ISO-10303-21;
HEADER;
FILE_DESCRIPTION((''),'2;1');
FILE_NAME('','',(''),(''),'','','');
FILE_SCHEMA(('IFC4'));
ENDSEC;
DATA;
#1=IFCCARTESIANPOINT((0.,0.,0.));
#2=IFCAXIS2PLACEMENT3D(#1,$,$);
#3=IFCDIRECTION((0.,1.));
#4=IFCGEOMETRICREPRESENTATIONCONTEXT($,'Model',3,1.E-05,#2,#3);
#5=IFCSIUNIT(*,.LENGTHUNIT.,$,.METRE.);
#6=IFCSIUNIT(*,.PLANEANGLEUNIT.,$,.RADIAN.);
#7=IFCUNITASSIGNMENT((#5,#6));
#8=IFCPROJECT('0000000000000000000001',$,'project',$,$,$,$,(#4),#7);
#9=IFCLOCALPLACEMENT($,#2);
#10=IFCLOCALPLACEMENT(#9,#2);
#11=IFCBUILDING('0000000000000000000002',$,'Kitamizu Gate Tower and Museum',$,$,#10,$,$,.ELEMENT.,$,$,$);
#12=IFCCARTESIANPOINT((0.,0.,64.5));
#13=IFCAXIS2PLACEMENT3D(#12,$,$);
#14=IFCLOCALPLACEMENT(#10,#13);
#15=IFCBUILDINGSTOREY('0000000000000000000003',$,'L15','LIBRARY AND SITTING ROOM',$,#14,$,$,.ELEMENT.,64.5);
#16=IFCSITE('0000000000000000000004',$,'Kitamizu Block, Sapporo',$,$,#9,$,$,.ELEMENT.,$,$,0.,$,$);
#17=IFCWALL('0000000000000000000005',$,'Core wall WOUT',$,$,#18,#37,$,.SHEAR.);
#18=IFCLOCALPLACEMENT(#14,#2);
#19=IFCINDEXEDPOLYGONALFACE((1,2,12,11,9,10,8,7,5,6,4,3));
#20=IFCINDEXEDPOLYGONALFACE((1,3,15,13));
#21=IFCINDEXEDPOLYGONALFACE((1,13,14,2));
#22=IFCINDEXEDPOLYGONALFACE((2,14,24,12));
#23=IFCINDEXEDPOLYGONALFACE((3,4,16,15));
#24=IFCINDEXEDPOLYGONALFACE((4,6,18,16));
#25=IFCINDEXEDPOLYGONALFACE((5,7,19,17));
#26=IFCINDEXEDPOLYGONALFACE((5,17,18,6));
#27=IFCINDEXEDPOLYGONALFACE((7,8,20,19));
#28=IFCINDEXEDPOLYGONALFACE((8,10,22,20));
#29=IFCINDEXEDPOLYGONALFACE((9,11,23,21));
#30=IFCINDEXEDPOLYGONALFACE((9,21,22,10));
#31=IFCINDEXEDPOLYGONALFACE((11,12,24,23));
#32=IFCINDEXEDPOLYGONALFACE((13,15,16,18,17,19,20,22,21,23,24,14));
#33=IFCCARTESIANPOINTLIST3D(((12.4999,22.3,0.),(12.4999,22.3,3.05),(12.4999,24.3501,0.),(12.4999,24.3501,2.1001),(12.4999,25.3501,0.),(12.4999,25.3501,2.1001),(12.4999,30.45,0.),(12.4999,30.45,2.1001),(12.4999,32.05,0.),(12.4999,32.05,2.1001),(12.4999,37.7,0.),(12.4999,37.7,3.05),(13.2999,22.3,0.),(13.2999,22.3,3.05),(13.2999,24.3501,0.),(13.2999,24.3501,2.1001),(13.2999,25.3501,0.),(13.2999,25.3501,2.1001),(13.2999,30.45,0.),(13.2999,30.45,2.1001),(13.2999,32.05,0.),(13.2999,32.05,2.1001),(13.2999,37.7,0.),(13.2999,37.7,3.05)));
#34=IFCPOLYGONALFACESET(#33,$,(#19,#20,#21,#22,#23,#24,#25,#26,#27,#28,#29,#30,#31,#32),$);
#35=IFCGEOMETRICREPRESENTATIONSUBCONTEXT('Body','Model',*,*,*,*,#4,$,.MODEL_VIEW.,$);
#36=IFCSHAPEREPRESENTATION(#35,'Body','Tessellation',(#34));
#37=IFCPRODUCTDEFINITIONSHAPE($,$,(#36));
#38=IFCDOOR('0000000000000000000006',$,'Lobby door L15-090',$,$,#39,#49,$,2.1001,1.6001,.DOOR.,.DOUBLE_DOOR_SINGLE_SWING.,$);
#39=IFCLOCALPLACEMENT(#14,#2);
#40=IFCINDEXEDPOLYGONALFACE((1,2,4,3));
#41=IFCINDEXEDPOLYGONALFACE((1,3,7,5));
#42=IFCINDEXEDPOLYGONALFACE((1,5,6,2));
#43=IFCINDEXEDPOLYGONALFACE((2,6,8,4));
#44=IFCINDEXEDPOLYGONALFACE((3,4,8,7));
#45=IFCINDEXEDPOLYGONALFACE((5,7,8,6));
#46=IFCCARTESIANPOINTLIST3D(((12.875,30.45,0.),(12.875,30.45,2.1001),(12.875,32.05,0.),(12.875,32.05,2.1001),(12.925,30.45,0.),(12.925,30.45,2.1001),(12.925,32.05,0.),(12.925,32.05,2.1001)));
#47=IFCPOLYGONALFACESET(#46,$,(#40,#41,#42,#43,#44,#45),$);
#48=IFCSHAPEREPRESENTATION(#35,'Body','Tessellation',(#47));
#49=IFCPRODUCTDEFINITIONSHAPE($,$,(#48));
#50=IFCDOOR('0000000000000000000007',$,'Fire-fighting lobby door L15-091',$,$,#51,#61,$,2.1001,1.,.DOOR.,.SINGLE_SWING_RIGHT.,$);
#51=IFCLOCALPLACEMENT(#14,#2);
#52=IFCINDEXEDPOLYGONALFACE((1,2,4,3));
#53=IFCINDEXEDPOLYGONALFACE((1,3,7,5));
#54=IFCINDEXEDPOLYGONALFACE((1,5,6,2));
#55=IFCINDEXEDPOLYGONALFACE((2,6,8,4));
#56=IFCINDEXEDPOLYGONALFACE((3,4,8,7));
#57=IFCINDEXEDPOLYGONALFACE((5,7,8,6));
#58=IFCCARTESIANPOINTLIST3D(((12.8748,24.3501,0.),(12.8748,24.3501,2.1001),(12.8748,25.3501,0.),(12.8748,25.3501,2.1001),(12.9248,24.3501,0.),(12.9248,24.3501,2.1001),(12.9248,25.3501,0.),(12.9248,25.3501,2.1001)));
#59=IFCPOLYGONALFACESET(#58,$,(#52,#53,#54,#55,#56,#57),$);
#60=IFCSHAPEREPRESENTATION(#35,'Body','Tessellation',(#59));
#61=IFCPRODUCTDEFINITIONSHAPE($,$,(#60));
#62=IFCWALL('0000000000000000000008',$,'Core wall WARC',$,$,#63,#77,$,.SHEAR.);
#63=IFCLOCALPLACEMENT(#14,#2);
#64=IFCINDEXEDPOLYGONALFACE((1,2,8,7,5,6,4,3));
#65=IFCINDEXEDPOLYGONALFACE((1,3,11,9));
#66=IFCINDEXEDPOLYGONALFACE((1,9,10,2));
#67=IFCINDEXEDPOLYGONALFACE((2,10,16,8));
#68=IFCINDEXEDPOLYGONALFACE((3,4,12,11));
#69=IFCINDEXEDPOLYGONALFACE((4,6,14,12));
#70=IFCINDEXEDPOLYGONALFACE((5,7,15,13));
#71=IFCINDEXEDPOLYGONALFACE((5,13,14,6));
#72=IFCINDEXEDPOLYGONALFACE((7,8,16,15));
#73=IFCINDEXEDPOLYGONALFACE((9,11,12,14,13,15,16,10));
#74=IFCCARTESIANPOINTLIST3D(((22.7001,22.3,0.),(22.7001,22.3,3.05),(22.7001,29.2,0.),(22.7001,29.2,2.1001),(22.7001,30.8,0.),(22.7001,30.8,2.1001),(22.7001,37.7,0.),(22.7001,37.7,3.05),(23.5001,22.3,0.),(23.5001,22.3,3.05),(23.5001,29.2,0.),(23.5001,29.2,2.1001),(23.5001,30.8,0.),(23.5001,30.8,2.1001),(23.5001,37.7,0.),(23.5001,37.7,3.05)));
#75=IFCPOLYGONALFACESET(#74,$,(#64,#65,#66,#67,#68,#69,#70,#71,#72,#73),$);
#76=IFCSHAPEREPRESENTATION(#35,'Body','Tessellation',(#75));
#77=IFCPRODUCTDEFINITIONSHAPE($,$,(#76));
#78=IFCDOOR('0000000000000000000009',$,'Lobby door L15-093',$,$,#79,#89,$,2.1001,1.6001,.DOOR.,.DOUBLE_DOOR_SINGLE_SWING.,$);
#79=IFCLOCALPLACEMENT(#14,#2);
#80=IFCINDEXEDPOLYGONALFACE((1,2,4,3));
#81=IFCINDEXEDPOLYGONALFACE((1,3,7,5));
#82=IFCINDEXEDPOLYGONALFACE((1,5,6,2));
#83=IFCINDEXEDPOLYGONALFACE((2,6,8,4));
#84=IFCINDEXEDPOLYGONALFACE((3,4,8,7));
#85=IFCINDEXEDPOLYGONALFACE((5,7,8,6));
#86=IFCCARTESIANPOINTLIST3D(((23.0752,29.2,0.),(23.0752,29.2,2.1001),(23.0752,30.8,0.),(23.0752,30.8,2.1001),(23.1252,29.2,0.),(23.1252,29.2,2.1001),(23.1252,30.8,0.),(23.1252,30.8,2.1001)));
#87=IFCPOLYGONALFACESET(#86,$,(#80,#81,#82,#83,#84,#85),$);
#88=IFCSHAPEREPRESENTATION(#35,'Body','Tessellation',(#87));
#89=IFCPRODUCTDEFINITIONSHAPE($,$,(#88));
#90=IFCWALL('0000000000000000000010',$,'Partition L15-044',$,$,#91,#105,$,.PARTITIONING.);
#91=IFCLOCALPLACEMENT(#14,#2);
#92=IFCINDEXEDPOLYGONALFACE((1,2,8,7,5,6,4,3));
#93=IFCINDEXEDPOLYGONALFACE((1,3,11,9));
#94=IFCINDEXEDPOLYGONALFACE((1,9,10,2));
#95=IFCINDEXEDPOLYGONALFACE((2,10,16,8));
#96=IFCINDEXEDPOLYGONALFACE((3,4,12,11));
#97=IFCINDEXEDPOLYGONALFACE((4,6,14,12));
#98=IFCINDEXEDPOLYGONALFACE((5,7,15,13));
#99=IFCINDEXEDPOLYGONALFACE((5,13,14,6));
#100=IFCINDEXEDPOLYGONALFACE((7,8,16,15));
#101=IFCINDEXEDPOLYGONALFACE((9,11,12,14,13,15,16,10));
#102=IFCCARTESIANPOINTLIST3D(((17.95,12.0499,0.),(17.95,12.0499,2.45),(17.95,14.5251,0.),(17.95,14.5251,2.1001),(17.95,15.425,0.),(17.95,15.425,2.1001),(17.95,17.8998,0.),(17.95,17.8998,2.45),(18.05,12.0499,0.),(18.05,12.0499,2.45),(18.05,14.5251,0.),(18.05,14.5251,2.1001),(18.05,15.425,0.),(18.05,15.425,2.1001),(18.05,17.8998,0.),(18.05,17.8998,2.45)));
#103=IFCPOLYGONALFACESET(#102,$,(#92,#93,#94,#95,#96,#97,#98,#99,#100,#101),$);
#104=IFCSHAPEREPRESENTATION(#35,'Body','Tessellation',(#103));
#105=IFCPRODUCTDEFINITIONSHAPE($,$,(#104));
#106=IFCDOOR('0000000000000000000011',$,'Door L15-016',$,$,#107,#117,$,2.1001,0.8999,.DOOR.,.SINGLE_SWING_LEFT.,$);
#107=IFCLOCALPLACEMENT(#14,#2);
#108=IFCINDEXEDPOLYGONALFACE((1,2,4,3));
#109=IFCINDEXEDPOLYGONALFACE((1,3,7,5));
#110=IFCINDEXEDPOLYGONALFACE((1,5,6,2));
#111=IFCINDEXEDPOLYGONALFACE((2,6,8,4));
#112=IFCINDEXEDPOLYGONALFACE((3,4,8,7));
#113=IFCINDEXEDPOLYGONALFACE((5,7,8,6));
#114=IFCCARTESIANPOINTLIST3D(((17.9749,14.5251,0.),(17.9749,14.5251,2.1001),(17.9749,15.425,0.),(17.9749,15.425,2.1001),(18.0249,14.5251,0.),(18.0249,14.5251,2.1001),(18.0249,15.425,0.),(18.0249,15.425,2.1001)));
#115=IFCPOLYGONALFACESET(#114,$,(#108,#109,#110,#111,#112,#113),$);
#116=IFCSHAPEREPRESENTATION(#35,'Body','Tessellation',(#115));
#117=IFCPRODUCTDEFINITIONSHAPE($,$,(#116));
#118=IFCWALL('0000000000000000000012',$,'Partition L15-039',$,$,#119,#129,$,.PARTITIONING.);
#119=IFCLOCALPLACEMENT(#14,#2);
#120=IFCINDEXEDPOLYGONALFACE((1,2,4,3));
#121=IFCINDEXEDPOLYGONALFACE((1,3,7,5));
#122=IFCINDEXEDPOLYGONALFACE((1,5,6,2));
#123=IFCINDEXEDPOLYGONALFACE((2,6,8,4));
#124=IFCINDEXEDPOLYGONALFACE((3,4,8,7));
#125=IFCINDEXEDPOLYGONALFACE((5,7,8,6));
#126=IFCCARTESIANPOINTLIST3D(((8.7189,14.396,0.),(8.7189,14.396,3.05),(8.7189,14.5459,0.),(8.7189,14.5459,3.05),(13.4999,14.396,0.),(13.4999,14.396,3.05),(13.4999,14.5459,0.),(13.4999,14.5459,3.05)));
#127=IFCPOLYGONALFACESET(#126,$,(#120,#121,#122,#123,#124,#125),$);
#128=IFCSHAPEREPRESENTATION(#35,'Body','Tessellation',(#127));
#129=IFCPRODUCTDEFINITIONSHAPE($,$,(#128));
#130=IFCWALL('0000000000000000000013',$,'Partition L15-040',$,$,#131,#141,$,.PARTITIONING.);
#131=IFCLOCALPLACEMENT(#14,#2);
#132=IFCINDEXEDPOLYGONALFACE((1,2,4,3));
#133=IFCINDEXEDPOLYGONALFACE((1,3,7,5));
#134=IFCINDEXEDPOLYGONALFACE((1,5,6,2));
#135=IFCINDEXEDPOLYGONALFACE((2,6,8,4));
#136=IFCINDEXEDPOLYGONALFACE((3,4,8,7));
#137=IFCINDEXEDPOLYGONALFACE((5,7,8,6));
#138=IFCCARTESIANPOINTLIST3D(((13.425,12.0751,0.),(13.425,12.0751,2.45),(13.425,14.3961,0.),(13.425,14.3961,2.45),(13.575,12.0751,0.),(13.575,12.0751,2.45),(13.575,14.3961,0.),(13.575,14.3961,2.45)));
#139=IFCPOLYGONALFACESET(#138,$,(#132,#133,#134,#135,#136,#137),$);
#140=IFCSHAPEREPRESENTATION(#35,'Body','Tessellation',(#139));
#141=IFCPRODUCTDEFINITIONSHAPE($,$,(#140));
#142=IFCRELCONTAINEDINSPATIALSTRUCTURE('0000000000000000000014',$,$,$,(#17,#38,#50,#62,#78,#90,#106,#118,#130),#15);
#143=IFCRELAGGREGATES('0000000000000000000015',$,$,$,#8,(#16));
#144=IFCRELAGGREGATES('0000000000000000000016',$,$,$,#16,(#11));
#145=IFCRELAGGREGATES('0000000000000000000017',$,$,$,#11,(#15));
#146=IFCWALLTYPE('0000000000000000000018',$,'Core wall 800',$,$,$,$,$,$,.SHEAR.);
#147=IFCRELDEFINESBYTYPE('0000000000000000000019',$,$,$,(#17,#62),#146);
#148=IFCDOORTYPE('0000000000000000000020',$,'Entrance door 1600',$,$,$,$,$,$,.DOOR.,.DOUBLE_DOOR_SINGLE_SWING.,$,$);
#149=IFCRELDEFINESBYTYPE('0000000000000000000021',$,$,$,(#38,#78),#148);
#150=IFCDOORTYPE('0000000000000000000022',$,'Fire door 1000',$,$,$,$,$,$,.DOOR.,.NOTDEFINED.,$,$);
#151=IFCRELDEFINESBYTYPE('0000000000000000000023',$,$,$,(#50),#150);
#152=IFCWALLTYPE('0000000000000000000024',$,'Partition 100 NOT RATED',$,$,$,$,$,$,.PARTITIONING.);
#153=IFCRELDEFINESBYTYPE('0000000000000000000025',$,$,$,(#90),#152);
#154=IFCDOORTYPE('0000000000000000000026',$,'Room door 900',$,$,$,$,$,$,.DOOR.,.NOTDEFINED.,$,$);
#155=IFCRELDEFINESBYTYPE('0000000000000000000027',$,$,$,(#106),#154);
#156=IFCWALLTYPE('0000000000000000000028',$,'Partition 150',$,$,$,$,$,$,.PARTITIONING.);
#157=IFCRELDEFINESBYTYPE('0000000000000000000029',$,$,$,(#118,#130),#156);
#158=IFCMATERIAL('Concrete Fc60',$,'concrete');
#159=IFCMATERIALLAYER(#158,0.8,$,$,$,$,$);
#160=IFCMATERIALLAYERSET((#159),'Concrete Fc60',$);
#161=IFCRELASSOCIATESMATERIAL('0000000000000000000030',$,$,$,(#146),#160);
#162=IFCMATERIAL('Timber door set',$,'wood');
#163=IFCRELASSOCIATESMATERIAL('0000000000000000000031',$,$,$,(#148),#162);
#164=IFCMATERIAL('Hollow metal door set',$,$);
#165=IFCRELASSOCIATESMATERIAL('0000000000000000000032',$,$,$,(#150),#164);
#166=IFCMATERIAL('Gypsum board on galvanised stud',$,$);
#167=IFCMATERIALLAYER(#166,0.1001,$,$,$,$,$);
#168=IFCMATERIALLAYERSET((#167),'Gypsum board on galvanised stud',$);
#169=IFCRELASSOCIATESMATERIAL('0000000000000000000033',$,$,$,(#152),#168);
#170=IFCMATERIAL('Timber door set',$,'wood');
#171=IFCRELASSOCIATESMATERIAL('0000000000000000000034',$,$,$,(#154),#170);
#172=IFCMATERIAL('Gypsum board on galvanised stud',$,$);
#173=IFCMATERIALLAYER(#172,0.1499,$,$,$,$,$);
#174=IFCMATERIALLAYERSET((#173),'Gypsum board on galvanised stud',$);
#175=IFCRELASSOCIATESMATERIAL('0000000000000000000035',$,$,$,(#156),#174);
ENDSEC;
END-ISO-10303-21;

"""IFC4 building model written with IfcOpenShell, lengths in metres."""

from ifc_helpers import new_model, si_unit, direction, frame, frame_2d, origin, place, context, subcontext, project, spatial, rectangle, extrude, material, layer, layer_set, type_object, element, fill, save


model = new_model("IFC4")

# Units and contexts
model_context = context("Model", 3, precision=1e-05, world=origin(), true_north=direction((0.0, 1.0)))
body_context = subcontext(model_context, "Body", "Model", "MODEL_VIEW")
ifc_project = project(units=[si_unit("LENGTHUNIT", "METRE"), si_unit("PLANEANGLEUNIT", "RADIAN")], contexts=[model_context])

# Site, building, storey
site_placement = place(None, origin())
site = spatial("IfcSite", under=ifc_project, at=site_placement, Name="Kitamizu Block, Sapporo", CompositionType="ELEMENT", RefElevation=0.0)
building_placement = place(site_placement, origin())
building = spatial("IfcBuilding", under=site, at=building_placement, Name="Kitamizu Gate Tower and Museum", CompositionType="ELEMENT")
storey_placement = place(building_placement, frame((0.0, 0.0, 64.5)))
storey = spatial("IfcBuildingStorey", under=building, at=storey_placement, Name="L15", Description="LIBRARY AND SITTING ROOM", CompositionType="ELEMENT", Elevation=64.5)

# Wall, openings, doors
ifc_material_1 = material(Name="Concrete Fc60", Category="concrete")
ifc_layer_1 = layer(ifc_material_1, 0.8)
ifc_layer_set_1 = layer_set([ifc_layer_1], Name="Concrete Fc60")
wall_type_1 = type_object("IfcWallType", Name="Core wall 800", PredefinedType="SHEAR", material=ifc_layer_set_1)
wall_1_placement = place(storey_placement, frame((12.8999, 22.3, 0.0), z_axis=(0.0, 0.0, 1.0), x_axis=(0.0, 1.0, 0.0)))
wall_1 = element("IfcWall", 1, at=wall_1_placement, inside=storey, type_object=wall_type_1, Name="Core wall WOUT", PredefinedType="SHEAR", context=body_context, shape_type="SweptSolid", body=[
    extrude(rectangle(XDim=15.3999, YDim=0.8, at=frame_2d((7.7, 0.0))), origin(), (0.0, 0.0, 1.0), 3.05),
])
opening_1_placement = place(wall_1_placement, frame((8.1499, 0.0, 0.0)))
opening_1 = element("IfcOpeningElement", 2, at=opening_1_placement, cuts=wall_1, PredefinedType="OPENING", context=body_context, shape_type="SweptSolid", body=[
    extrude(rectangle(XDim=1.6001, YDim=2.1001, at=frame_2d((0.8, 1.05))), frame((0.0, 0.4102, 0.0), z_axis=(0.0, -1.0, 0.0), x_axis=(1.0, 0.0, 0.0)), (0.0, 0.0, 1.0), 0.8201),
])
opening_2_placement = place(wall_1_placement, frame((2.05, 0.0, 0.0)))
opening_2 = element("IfcOpeningElement", 3, at=opening_2_placement, cuts=wall_1, PredefinedType="OPENING", context=body_context, shape_type="SweptSolid", body=[
    extrude(rectangle(XDim=1.0, YDim=2.1001, at=frame_2d((0.5, 1.05))), frame((0.0, 0.4102, 0.0), z_axis=(0.0, -1.0, 0.0), x_axis=(1.0, 0.0, 0.0)), (0.0, 0.0, 1.0), 0.8201),
])
ifc_material_2 = material(Name="Timber door set", Category="wood")
door_type_1 = type_object("IfcDoorType", Name="Entrance door 1600", OperationType="DOUBLE_DOOR_SINGLE_SWING", PredefinedType="DOOR", material=ifc_material_2)
door_1_placement = place(opening_1_placement, origin())
door_1 = element("IfcDoor", 4, at=door_1_placement, inside=storey, type_object=door_type_1, Name="Lobby door L15-090", OperationType="DOUBLE_DOOR_SINGLE_SWING", OverallHeight=2.1001, OverallWidth=1.6001, PredefinedType="DOOR", context=body_context, shape_type="SweptSolid", body=[
    extrude(rectangle(XDim=1.6001, YDim=2.1001, at=frame_2d((0.8, 1.05))), frame((0.0, 0.0249, 0.0), z_axis=(0.0, -1.0, 0.0), x_axis=(1.0, 0.0, 0.0)), (0.0, 0.0, 1.0), 0.05),
])
fill(opening_1, door_1)
ifc_material_3 = material(Name="Hollow metal door set")
door_type_2 = type_object("IfcDoorType", Name="Fire door 1000", OperationType="NOTDEFINED", PredefinedType="DOOR", material=ifc_material_3)
door_2_placement = place(opening_2_placement, frame((1.0, 0.0, 0.0), x_axis=(-1.0, 0.0, 0.0)))
door_2 = element("IfcDoor", 5, at=door_2_placement, inside=storey, type_object=door_type_2, Name="Fire-fighting lobby door L15-091", OperationType="SINGLE_SWING_RIGHT", OverallHeight=2.1001, OverallWidth=1.0, PredefinedType="DOOR", context=body_context, shape_type="SweptSolid", body=[
    extrude(rectangle(XDim=1.0, YDim=2.1001, at=frame_2d((0.5, 1.05))), frame((0.0, 0.0249, 0.0), z_axis=(0.0, -1.0, 0.0), x_axis=(1.0, 0.0, 0.0)), (0.0, 0.0, 1.0), 0.05),
])
fill(opening_2, door_2)

# Walls, openings, doors
wall_2_placement = place(storey_placement, frame((23.1001, 22.3, 0.0), z_axis=(0.0, 0.0, 1.0), x_axis=(0.0, 1.0, 0.0)))
wall_2 = element("IfcWall", 6, at=wall_2_placement, inside=storey, type_object=wall_type_1, Name="Core wall WARC", PredefinedType="SHEAR", context=body_context, shape_type="SweptSolid", body=[
    extrude(rectangle(XDim=15.3999, YDim=0.8, at=frame_2d((7.7, 0.0))), origin(), (0.0, 0.0, 1.0), 3.05),
])
opening_3_placement = place(wall_2_placement, frame((6.8999, 0.0, 0.0)))
opening_3 = element("IfcOpeningElement", 7, at=opening_3_placement, cuts=wall_2, PredefinedType="OPENING", context=body_context, shape_type="SweptSolid", body=[
    extrude(rectangle(XDim=1.6001, YDim=2.1001, at=frame_2d((0.8, 1.05))), frame((0.0, 0.4102, 0.0), z_axis=(0.0, -1.0, 0.0), x_axis=(1.0, 0.0, 0.0)), (0.0, 0.0, 1.0), 0.8201),
])
door_3_placement = place(opening_3_placement, origin())
door_3 = element("IfcDoor", 8, at=door_3_placement, inside=storey, type_object=door_type_1, Name="Lobby door L15-093", OperationType="DOUBLE_DOOR_SINGLE_SWING", OverallHeight=2.1001, OverallWidth=1.6001, PredefinedType="DOOR", context=body_context, shape_type="SweptSolid", body=[
    extrude(rectangle(XDim=1.6001, YDim=2.1001, at=frame_2d((0.8, 1.05))), frame((0.0, 0.0249, 0.0), z_axis=(0.0, -1.0, 0.0), x_axis=(1.0, 0.0, 0.0)), (0.0, 0.0, 1.0), 0.05),
])
fill(opening_3, door_3)
ifc_material_4 = material(Name="Gypsum board on galvanised stud")
ifc_layer_2 = layer(ifc_material_4, 0.1001)
ifc_layer_set_2 = layer_set([ifc_layer_2], Name="Gypsum board on galvanised stud")
wall_type_2 = type_object("IfcWallType", Name="Partition 100 NOT RATED", PredefinedType="PARTITIONING", material=ifc_layer_set_2)
wall_3_placement = place(storey_placement, frame((18.0, 12.05, 0.0), z_axis=(0.0, 0.0, 1.0), x_axis=(0.0, 1.0, 0.0)))
wall_3 = element("IfcWall", 9, at=wall_3_placement, inside=storey, type_object=wall_type_2, Name="Partition L15-044", PredefinedType="PARTITIONING", context=body_context, shape_type="SweptSolid", body=[
    extrude(rectangle(XDim=5.8499, YDim=0.1001, at=frame_2d((2.9248, 0.0))), origin(), (0.0, 0.0, 1.0), 2.45),
])
opening_4_placement = place(wall_3_placement, frame((2.4751, 0.0, 0.0)))
opening_4 = element("IfcOpeningElement", 10, at=opening_4_placement, cuts=wall_3, PredefinedType="OPENING", context=body_context, shape_type="SweptSolid", body=[
    extrude(rectangle(XDim=0.8999, YDim=2.1001, at=frame_2d((0.45, 1.05))), frame((0.0, 0.0601, 0.0), z_axis=(0.0, -1.0, 0.0), x_axis=(1.0, 0.0, 0.0)), (0.0, 0.0, 1.0), 0.1201),
])
ifc_material_5 = material(Name="Timber door set", Category="wood")
door_type_3 = type_object("IfcDoorType", Name="Room door 900", OperationType="NOTDEFINED", PredefinedType="DOOR", material=ifc_material_5)
door_4_placement = place(opening_4_placement, frame((0.8999, 0.0, 0.0), x_axis=(-1.0, 0.0, 0.0)))
door_4 = element("IfcDoor", 11, at=door_4_placement, inside=storey, type_object=door_type_3, Name="Door L15-016", OperationType="SINGLE_SWING_LEFT", OverallHeight=2.1001, OverallWidth=0.8999, PredefinedType="DOOR", context=body_context, shape_type="SweptSolid", body=[
    extrude(rectangle(XDim=0.8999, YDim=2.1001, at=frame_2d((0.45, 1.05))), frame((0.0, 0.0249, 0.0), z_axis=(0.0, -1.0, 0.0), x_axis=(1.0, 0.0, 0.0)), (0.0, 0.0, 1.0), 0.05),
])
fill(opening_4, door_4)

# Walls
ifc_material_6 = material(Name="Gypsum board on galvanised stud")
ifc_layer_3 = layer(ifc_material_6, 0.1499)
ifc_layer_set_3 = layer_set([ifc_layer_3], Name="Gypsum board on galvanised stud")
wall_type_3 = type_object("IfcWallType", Name="Partition 150", PredefinedType="PARTITIONING", material=ifc_layer_set_3)
wall_4_placement = place(storey_placement, frame((13.5, 14.4709, 0.0), z_axis=(0.0, 0.0, 1.0), x_axis=(-1.0, 0.0, 0.0)))
element("IfcWall", 12, at=wall_4_placement, inside=storey, type_object=wall_type_3, Name="Partition L15-039", PredefinedType="PARTITIONING", context=body_context, shape_type="SweptSolid", body=[
    extrude(rectangle(XDim=4.781, YDim=0.1499, at=frame_2d((2.3906, 0.0))), origin(), (0.0, 0.0, 1.0), 3.05),
])
wall_5_placement = place(storey_placement, frame((13.5, 12.075, 0.0), z_axis=(0.0, 0.0, 1.0), x_axis=(0.0, 1.0, 0.0)))
element("IfcWall", 13, at=wall_5_placement, inside=storey, type_object=wall_type_3, Name="Partition L15-040", PredefinedType="PARTITIONING", context=body_context, shape_type="SweptSolid", body=[
    extrude(rectangle(XDim=2.321, YDim=0.1499, at=frame_2d((1.1606, 0.0))), origin(), (0.0, 0.0, 1.0), 2.45),
])

save(model, "model.ifc")
